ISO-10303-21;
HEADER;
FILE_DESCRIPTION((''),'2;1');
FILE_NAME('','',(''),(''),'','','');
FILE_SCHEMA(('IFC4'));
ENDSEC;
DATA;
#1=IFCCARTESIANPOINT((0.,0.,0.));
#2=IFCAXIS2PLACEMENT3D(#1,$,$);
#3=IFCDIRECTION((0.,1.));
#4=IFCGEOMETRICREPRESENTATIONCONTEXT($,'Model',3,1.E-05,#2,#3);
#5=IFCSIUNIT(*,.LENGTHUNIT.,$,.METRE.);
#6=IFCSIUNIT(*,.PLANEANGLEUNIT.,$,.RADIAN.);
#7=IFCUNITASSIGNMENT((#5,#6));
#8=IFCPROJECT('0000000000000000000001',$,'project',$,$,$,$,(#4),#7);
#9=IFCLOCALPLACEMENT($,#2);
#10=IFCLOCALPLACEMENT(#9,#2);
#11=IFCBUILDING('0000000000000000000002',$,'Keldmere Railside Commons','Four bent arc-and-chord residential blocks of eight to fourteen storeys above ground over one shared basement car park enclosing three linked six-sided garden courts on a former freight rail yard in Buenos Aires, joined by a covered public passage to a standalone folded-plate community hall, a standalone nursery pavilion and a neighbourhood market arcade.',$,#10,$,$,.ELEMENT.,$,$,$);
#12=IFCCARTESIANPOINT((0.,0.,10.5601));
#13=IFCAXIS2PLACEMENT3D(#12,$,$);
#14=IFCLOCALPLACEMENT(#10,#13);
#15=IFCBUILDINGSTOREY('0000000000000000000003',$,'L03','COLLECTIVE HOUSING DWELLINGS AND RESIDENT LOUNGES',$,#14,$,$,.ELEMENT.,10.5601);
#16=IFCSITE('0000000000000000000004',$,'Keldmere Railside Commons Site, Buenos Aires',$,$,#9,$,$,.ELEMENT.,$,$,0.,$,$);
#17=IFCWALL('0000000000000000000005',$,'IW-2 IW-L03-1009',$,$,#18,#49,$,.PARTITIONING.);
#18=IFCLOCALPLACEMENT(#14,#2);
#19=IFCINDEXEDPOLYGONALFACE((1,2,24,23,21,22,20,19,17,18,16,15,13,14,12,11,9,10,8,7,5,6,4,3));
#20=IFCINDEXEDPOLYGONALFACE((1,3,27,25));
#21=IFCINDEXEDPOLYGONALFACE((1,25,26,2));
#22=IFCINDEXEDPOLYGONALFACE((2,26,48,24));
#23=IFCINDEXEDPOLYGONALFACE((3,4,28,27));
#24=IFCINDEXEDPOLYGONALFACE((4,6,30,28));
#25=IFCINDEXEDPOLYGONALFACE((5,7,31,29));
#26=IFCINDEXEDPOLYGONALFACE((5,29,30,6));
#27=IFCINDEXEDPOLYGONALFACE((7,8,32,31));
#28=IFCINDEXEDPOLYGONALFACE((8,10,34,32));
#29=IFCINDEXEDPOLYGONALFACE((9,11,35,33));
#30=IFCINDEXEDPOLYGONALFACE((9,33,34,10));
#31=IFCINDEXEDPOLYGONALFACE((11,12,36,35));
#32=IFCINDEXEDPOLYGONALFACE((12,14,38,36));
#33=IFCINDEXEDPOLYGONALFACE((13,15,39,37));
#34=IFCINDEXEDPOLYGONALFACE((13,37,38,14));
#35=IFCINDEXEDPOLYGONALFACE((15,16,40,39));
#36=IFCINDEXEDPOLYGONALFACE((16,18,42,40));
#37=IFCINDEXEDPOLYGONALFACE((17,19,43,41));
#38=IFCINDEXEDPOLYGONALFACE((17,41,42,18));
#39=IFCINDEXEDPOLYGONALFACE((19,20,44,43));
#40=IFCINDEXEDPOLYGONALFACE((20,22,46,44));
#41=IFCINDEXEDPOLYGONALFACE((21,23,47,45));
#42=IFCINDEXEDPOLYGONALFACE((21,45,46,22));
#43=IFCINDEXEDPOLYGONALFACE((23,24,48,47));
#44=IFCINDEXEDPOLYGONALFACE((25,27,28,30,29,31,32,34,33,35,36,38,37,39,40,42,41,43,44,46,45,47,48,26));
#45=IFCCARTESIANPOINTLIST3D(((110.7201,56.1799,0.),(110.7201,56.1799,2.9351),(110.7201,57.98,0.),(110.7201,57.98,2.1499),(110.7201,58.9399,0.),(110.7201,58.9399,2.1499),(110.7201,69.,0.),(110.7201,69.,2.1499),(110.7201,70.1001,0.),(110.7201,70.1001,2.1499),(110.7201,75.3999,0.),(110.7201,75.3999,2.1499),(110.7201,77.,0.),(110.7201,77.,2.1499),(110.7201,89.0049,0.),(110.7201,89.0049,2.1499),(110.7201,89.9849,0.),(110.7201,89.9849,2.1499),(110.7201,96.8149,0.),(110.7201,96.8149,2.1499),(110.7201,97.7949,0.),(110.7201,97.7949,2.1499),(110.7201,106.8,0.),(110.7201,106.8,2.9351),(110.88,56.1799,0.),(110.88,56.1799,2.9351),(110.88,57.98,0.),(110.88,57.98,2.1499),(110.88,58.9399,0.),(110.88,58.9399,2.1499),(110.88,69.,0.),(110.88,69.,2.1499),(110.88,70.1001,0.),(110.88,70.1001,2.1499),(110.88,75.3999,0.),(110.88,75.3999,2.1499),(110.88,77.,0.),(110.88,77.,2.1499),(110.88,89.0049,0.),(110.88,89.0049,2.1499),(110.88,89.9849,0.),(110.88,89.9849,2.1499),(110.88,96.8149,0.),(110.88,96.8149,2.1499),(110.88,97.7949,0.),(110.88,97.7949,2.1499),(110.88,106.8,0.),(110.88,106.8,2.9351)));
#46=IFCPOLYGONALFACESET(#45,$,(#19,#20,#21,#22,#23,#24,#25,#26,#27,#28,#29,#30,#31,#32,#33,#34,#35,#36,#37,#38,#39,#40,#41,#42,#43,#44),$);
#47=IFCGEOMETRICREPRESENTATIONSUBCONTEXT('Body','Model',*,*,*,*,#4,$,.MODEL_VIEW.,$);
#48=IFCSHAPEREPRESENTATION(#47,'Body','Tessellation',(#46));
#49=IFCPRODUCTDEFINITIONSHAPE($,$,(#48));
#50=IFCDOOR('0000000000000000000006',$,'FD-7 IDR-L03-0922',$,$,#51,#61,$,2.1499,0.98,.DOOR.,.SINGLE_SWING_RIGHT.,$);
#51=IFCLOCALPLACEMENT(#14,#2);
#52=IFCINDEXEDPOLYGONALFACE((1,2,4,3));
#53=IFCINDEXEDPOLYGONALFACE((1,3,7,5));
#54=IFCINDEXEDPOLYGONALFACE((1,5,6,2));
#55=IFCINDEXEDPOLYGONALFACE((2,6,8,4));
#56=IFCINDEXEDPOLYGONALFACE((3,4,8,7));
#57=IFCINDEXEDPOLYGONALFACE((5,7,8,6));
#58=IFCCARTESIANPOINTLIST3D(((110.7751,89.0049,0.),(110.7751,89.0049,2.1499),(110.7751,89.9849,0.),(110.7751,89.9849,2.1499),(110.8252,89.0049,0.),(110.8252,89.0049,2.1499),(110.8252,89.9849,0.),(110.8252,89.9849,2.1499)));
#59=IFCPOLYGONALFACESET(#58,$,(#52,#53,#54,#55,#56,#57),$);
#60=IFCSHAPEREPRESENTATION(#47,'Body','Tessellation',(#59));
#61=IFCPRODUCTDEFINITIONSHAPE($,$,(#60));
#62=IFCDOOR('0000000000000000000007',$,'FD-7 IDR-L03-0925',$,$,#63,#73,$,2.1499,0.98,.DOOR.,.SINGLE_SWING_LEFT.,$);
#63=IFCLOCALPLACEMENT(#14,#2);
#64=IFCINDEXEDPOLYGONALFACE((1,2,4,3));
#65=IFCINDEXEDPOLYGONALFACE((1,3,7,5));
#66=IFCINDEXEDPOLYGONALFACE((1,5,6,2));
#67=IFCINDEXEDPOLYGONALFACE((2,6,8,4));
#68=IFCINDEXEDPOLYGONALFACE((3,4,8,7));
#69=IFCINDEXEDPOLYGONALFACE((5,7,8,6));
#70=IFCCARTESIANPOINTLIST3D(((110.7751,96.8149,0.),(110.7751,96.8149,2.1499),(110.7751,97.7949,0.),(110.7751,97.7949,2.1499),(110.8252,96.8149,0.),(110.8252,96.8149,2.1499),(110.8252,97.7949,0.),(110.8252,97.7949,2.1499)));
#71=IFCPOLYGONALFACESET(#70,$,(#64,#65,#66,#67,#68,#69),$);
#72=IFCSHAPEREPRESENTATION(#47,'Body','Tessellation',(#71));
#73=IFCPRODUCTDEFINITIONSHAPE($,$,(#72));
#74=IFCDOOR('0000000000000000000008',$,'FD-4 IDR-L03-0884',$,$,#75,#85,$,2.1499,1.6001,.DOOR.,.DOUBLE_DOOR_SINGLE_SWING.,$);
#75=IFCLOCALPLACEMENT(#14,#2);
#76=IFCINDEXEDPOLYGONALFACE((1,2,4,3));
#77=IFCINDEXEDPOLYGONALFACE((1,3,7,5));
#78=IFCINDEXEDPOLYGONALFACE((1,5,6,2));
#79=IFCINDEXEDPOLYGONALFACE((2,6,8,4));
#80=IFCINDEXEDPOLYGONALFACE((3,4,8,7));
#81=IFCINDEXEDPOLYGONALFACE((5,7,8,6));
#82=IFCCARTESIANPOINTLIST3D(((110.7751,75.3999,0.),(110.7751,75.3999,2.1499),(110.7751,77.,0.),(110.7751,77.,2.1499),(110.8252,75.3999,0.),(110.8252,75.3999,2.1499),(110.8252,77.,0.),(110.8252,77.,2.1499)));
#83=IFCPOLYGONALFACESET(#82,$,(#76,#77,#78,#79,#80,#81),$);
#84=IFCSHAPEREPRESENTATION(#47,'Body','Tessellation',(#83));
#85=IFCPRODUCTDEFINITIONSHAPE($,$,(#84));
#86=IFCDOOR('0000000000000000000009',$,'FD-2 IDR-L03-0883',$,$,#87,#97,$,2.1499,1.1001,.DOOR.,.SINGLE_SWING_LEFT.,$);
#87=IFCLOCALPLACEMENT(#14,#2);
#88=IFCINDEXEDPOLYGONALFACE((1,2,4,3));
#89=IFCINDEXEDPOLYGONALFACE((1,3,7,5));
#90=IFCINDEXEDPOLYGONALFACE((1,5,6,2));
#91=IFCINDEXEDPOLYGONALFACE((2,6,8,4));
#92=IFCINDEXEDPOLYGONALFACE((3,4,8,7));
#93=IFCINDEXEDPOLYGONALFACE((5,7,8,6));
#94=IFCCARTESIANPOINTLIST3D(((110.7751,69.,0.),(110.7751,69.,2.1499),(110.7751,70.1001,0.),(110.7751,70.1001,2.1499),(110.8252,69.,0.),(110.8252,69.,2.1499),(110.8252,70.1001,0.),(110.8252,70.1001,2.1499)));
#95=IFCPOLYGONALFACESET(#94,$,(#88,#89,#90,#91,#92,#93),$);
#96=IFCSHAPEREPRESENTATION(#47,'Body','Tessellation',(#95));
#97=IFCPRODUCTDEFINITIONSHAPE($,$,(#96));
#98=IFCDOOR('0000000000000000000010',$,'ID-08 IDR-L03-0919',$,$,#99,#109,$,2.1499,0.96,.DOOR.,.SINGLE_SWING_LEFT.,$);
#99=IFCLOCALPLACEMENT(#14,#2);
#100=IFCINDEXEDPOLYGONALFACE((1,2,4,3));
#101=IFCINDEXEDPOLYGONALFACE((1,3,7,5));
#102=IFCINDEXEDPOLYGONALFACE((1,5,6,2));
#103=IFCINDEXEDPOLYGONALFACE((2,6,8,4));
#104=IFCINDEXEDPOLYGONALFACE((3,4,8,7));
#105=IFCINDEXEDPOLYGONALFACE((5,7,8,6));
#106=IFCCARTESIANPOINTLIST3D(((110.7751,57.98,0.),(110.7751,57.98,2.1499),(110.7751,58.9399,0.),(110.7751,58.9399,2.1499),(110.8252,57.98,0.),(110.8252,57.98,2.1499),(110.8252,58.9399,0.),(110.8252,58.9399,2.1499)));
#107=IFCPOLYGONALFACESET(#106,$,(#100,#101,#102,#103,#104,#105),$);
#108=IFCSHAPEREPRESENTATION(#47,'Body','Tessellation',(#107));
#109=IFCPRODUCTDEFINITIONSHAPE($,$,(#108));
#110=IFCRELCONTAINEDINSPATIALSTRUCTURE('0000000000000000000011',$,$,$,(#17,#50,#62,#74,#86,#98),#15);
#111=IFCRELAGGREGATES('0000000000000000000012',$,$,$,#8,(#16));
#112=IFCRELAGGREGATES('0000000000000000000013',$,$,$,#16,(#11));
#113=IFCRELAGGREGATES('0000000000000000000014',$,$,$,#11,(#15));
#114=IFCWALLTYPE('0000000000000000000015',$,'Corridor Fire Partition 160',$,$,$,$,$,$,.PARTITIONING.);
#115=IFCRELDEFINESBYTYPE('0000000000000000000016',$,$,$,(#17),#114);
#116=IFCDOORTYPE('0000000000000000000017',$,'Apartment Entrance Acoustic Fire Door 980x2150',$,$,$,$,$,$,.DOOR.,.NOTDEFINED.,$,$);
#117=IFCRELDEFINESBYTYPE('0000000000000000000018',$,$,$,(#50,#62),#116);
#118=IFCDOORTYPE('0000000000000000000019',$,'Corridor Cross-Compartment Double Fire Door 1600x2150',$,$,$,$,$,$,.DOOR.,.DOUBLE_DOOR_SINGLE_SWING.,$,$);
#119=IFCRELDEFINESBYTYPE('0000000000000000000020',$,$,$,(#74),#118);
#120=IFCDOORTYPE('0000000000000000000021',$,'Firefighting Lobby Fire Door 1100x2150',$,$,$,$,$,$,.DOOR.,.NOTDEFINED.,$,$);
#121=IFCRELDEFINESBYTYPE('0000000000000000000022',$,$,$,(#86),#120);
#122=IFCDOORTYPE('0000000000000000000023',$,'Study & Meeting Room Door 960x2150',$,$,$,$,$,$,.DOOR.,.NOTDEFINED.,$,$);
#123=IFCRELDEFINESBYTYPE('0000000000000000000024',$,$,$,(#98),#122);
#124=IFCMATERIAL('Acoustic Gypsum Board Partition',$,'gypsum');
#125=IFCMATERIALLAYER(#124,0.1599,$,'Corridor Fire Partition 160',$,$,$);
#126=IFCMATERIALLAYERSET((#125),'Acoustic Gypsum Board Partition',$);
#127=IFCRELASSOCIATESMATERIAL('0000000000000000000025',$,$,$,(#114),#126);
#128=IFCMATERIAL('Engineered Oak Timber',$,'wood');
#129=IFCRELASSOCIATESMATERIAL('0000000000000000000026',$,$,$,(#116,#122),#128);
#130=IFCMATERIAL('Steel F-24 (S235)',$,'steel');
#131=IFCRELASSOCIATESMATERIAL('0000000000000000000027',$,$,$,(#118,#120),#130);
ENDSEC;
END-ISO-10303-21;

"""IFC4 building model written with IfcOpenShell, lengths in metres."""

from ifc_helpers import new_model, si_unit, direction, frame, frame_2d, origin, place, context, subcontext, project, spatial, rectangle, extrude, material, layer, layer_set, type_object, element, fill, save


model = new_model("IFC4")

# Units and contexts
model_context = context("Model", 3, precision=1e-05, world=origin(), true_north=direction((0.0, 1.0)))
body_context = subcontext(model_context, "Body", "Model", "MODEL_VIEW")
ifc_project = project(units=[si_unit("LENGTHUNIT", "METRE"), si_unit("PLANEANGLEUNIT", "RADIAN")], contexts=[model_context])

# Site, building, storey
site_placement = place(None, origin())
site = spatial("IfcSite", under=ifc_project, at=site_placement, Name="Keldmere Railside Commons Site, Buenos Aires", CompositionType="ELEMENT", RefElevation=0.0)
building_placement = place(site_placement, origin())
building = spatial("IfcBuilding", under=site, at=building_placement, Name="Keldmere Railside Commons", Description="Four bent arc-and-chord residential blocks of eight to fourteen storeys above ground over one shared basement car park enclosing three linked six-sided garden courts on a former freight rail yard in Buenos Aires, joined by a covered public passage to a standalone folded-plate community hall, a standalone nursery pavilion and a neighbourhood market arcade.", CompositionType="ELEMENT")
storey_placement = place(building_placement, frame((0.0, 0.0, 10.5601)))
storey = spatial("IfcBuildingStorey", under=building, at=storey_placement, Name="L03", Description="COLLECTIVE HOUSING DWELLINGS AND RESIDENT LOUNGES", CompositionType="ELEMENT", Elevation=10.5601)

# Wall, openings, doors
ifc_material_1 = material(Name="Acoustic Gypsum Board Partition", Category="gypsum")
ifc_layer_1 = layer(ifc_material_1, 0.1599, Name="Corridor Fire Partition 160")
ifc_layer_set_1 = layer_set([ifc_layer_1], Name="Acoustic Gypsum Board Partition")
wall_type_1 = type_object("IfcWallType", Name="Corridor Fire Partition 160", PredefinedType="PARTITIONING", material=ifc_layer_set_1)
wall_1_placement = place(storey_placement, frame((110.8, 56.1799, 0.0), z_axis=(0.0, 0.0, 1.0), x_axis=(0.0, 1.0, 0.0)))
wall_1 = element("IfcWall", 1, at=wall_1_placement, inside=storey, type_object=wall_type_1, Name="IW-2 IW-L03-1009", PredefinedType="PARTITIONING", context=body_context, shape_type="SweptSolid", body=[
    extrude(rectangle(XDim=50.6201, YDim=0.1599, at=frame_2d((25.3101, 0.0))), origin(), (0.0, 0.0, 1.0), 2.9351),
])
opening_1_placement = place(wall_1_placement, frame((12.8201, 0.0, 0.0)))
opening_1 = element("IfcOpeningElement", 2, at=opening_1_placement, cuts=wall_1, PredefinedType="OPENING", context=body_context, shape_type="SweptSolid", body=[
    extrude(rectangle(XDim=1.1001, YDim=2.1499, at=frame_2d((0.55, 1.075))), frame((0.0, 0.0898, 0.0), z_axis=(0.0, -1.0, 0.0), x_axis=(1.0, 0.0, 0.0)), (0.0, 0.0, 1.0), 0.1799),
])
opening_2_placement = place(wall_1_placement, frame((19.22, 0.0, 0.0)))
opening_2 = element("IfcOpeningElement", 3, at=opening_2_placement, cuts=wall_1, PredefinedType="OPENING", context=body_context, shape_type="SweptSolid", body=[
    extrude(rectangle(XDim=1.6001, YDim=2.1499, at=frame_2d((0.8, 1.075))), frame((0.0, 0.0898, 0.0), z_axis=(0.0, -1.0, 0.0), x_axis=(1.0, 0.0, 0.0)), (0.0, 0.0, 1.0), 0.1799),
])
opening_3_placement = place(wall_1_placement, frame((1.8, 0.0, 0.0)))
opening_3 = element("IfcOpeningElement", 4, at=opening_3_placement, cuts=wall_1, PredefinedType="OPENING", context=body_context, shape_type="SweptSolid", body=[
    extrude(rectangle(XDim=0.96, YDim=2.1499, at=frame_2d((0.48, 1.075))), frame((0.0, 0.0898, 0.0), z_axis=(0.0, -1.0, 0.0), x_axis=(1.0, 0.0, 0.0)), (0.0, 0.0, 1.0), 0.1799),
])
opening_4_placement = place(wall_1_placement, frame((32.825, 0.0, 0.0)))
opening_4 = element("IfcOpeningElement", 5, at=opening_4_placement, cuts=wall_1, PredefinedType="OPENING", context=body_context, shape_type="SweptSolid", body=[
    extrude(rectangle(XDim=0.98, YDim=2.1499, at=frame_2d((0.49, 1.075))), frame((0.0, 0.0898, 0.0), z_axis=(0.0, -1.0, 0.0), x_axis=(1.0, 0.0, 0.0)), (0.0, 0.0, 1.0), 0.1799),
])
opening_5_placement = place(wall_1_placement, frame((40.635, 0.0, 0.0)))
opening_5 = element("IfcOpeningElement", 6, at=opening_5_placement, cuts=wall_1, PredefinedType="OPENING", context=body_context, shape_type="SweptSolid", body=[
    extrude(rectangle(XDim=0.98, YDim=2.1499, at=frame_2d((0.49, 1.075))), frame((0.0, 0.0898, 0.0), z_axis=(0.0, -1.0, 0.0), x_axis=(1.0, 0.0, 0.0)), (0.0, 0.0, 1.0), 0.1799),
])
ifc_material_2 = material(Name="Engineered Oak Timber", Category="wood")
door_type_1 = type_object("IfcDoorType", Name="Apartment Entrance Acoustic Fire Door 980x2150", OperationType="NOTDEFINED", PredefinedType="DOOR", material=ifc_material_2)
door_1_placement = place(opening_4_placement, origin())
door_1 = element("IfcDoor", 7, at=door_1_placement, inside=storey, type_object=door_type_1, Name="FD-7 IDR-L03-0922", OperationType="SINGLE_SWING_RIGHT", OverallHeight=2.1499, OverallWidth=0.98, PredefinedType="DOOR", context=body_context, shape_type="SweptSolid", body=[
    extrude(rectangle(XDim=0.98, YDim=2.1499, at=frame_2d((0.49, 1.075))), frame((0.0, 0.0249, 0.0), z_axis=(0.0, -1.0, 0.0), x_axis=(1.0, 0.0, 0.0)), (0.0, 0.0, 1.0), 0.05),
])
fill(opening_4, door_1)
door_2_placement = place(opening_5_placement, origin())
door_2 = element("IfcDoor", 8, at=door_2_placement, inside=storey, type_object=door_type_1, Name="FD-7 IDR-L03-0925", OperationType="SINGLE_SWING_LEFT", OverallHeight=2.1499, OverallWidth=0.98, PredefinedType="DOOR", context=body_context, shape_type="SweptSolid", body=[
    extrude(rectangle(XDim=0.98, YDim=2.1499, at=frame_2d((0.49, 1.075))), frame((0.0, 0.0249, 0.0), z_axis=(0.0, -1.0, 0.0), x_axis=(1.0, 0.0, 0.0)), (0.0, 0.0, 1.0), 0.05),
])
fill(opening_5, door_2)
ifc_material_3 = material(Name="Steel F-24 (S235)", Category="steel")
door_type_2 = type_object("IfcDoorType", Name="Corridor Cross-Compartment Double Fire Door 1600x2150", OperationType="DOUBLE_DOOR_SINGLE_SWING", PredefinedType="DOOR", material=ifc_material_3)
door_3_placement = place(opening_2_placement, origin())
door_3 = element("IfcDoor", 9, at=door_3_placement, inside=storey, type_object=door_type_2, Name="FD-4 IDR-L03-0884", OperationType="DOUBLE_DOOR_SINGLE_SWING", OverallHeight=2.1499, OverallWidth=1.6001, PredefinedType="DOOR", context=body_context, shape_type="SweptSolid", body=[
    extrude(rectangle(XDim=1.6001, YDim=2.1499, at=frame_2d((0.8, 1.075))), frame((0.0, 0.0249, 0.0), z_axis=(0.0, -1.0, 0.0), x_axis=(1.0, 0.0, 0.0)), (0.0, 0.0, 1.0), 0.05),
])
fill(opening_2, door_3)
door_type_3 = type_object("IfcDoorType", Name="Firefighting Lobby Fire Door 1100x2150", OperationType="NOTDEFINED", PredefinedType="DOOR", material=ifc_material_3)
door_4_placement = place(opening_1_placement, origin())
door_4 = element("IfcDoor", 10, at=door_4_placement, inside=storey, type_object=door_type_3, Name="FD-2 IDR-L03-0883", OperationType="SINGLE_SWING_LEFT", OverallHeight=2.1499, OverallWidth=1.1001, PredefinedType="DOOR", context=body_context, shape_type="SweptSolid", body=[
    extrude(rectangle(XDim=1.1001, YDim=2.1499, at=frame_2d((0.55, 1.075))), frame((0.0, 0.0249, 0.0), z_axis=(0.0, -1.0, 0.0), x_axis=(1.0, 0.0, 0.0)), (0.0, 0.0, 1.0), 0.05),
])
fill(opening_1, door_4)
door_type_4 = type_object("IfcDoorType", Name="Study & Meeting Room Door 960x2150", OperationType="NOTDEFINED", PredefinedType="DOOR", material=ifc_material_2)
door_5_placement = place(opening_3_placement, origin())
door_5 = element("IfcDoor", 11, at=door_5_placement, inside=storey, type_object=door_type_4, Name="ID-08 IDR-L03-0919", OperationType="SINGLE_SWING_LEFT", OverallHeight=2.1499, OverallWidth=0.96, PredefinedType="DOOR", context=body_context, shape_type="SweptSolid", body=[
    extrude(rectangle(XDim=0.96, YDim=2.1499, at=frame_2d((0.48, 1.075))), frame((0.0, 0.0249, 0.0), z_axis=(0.0, -1.0, 0.0), x_axis=(1.0, 0.0, 0.0)), (0.0, 0.0, 1.0), 0.05),
])
fill(opening_3, door_5)

save(model, "model.ifc")
